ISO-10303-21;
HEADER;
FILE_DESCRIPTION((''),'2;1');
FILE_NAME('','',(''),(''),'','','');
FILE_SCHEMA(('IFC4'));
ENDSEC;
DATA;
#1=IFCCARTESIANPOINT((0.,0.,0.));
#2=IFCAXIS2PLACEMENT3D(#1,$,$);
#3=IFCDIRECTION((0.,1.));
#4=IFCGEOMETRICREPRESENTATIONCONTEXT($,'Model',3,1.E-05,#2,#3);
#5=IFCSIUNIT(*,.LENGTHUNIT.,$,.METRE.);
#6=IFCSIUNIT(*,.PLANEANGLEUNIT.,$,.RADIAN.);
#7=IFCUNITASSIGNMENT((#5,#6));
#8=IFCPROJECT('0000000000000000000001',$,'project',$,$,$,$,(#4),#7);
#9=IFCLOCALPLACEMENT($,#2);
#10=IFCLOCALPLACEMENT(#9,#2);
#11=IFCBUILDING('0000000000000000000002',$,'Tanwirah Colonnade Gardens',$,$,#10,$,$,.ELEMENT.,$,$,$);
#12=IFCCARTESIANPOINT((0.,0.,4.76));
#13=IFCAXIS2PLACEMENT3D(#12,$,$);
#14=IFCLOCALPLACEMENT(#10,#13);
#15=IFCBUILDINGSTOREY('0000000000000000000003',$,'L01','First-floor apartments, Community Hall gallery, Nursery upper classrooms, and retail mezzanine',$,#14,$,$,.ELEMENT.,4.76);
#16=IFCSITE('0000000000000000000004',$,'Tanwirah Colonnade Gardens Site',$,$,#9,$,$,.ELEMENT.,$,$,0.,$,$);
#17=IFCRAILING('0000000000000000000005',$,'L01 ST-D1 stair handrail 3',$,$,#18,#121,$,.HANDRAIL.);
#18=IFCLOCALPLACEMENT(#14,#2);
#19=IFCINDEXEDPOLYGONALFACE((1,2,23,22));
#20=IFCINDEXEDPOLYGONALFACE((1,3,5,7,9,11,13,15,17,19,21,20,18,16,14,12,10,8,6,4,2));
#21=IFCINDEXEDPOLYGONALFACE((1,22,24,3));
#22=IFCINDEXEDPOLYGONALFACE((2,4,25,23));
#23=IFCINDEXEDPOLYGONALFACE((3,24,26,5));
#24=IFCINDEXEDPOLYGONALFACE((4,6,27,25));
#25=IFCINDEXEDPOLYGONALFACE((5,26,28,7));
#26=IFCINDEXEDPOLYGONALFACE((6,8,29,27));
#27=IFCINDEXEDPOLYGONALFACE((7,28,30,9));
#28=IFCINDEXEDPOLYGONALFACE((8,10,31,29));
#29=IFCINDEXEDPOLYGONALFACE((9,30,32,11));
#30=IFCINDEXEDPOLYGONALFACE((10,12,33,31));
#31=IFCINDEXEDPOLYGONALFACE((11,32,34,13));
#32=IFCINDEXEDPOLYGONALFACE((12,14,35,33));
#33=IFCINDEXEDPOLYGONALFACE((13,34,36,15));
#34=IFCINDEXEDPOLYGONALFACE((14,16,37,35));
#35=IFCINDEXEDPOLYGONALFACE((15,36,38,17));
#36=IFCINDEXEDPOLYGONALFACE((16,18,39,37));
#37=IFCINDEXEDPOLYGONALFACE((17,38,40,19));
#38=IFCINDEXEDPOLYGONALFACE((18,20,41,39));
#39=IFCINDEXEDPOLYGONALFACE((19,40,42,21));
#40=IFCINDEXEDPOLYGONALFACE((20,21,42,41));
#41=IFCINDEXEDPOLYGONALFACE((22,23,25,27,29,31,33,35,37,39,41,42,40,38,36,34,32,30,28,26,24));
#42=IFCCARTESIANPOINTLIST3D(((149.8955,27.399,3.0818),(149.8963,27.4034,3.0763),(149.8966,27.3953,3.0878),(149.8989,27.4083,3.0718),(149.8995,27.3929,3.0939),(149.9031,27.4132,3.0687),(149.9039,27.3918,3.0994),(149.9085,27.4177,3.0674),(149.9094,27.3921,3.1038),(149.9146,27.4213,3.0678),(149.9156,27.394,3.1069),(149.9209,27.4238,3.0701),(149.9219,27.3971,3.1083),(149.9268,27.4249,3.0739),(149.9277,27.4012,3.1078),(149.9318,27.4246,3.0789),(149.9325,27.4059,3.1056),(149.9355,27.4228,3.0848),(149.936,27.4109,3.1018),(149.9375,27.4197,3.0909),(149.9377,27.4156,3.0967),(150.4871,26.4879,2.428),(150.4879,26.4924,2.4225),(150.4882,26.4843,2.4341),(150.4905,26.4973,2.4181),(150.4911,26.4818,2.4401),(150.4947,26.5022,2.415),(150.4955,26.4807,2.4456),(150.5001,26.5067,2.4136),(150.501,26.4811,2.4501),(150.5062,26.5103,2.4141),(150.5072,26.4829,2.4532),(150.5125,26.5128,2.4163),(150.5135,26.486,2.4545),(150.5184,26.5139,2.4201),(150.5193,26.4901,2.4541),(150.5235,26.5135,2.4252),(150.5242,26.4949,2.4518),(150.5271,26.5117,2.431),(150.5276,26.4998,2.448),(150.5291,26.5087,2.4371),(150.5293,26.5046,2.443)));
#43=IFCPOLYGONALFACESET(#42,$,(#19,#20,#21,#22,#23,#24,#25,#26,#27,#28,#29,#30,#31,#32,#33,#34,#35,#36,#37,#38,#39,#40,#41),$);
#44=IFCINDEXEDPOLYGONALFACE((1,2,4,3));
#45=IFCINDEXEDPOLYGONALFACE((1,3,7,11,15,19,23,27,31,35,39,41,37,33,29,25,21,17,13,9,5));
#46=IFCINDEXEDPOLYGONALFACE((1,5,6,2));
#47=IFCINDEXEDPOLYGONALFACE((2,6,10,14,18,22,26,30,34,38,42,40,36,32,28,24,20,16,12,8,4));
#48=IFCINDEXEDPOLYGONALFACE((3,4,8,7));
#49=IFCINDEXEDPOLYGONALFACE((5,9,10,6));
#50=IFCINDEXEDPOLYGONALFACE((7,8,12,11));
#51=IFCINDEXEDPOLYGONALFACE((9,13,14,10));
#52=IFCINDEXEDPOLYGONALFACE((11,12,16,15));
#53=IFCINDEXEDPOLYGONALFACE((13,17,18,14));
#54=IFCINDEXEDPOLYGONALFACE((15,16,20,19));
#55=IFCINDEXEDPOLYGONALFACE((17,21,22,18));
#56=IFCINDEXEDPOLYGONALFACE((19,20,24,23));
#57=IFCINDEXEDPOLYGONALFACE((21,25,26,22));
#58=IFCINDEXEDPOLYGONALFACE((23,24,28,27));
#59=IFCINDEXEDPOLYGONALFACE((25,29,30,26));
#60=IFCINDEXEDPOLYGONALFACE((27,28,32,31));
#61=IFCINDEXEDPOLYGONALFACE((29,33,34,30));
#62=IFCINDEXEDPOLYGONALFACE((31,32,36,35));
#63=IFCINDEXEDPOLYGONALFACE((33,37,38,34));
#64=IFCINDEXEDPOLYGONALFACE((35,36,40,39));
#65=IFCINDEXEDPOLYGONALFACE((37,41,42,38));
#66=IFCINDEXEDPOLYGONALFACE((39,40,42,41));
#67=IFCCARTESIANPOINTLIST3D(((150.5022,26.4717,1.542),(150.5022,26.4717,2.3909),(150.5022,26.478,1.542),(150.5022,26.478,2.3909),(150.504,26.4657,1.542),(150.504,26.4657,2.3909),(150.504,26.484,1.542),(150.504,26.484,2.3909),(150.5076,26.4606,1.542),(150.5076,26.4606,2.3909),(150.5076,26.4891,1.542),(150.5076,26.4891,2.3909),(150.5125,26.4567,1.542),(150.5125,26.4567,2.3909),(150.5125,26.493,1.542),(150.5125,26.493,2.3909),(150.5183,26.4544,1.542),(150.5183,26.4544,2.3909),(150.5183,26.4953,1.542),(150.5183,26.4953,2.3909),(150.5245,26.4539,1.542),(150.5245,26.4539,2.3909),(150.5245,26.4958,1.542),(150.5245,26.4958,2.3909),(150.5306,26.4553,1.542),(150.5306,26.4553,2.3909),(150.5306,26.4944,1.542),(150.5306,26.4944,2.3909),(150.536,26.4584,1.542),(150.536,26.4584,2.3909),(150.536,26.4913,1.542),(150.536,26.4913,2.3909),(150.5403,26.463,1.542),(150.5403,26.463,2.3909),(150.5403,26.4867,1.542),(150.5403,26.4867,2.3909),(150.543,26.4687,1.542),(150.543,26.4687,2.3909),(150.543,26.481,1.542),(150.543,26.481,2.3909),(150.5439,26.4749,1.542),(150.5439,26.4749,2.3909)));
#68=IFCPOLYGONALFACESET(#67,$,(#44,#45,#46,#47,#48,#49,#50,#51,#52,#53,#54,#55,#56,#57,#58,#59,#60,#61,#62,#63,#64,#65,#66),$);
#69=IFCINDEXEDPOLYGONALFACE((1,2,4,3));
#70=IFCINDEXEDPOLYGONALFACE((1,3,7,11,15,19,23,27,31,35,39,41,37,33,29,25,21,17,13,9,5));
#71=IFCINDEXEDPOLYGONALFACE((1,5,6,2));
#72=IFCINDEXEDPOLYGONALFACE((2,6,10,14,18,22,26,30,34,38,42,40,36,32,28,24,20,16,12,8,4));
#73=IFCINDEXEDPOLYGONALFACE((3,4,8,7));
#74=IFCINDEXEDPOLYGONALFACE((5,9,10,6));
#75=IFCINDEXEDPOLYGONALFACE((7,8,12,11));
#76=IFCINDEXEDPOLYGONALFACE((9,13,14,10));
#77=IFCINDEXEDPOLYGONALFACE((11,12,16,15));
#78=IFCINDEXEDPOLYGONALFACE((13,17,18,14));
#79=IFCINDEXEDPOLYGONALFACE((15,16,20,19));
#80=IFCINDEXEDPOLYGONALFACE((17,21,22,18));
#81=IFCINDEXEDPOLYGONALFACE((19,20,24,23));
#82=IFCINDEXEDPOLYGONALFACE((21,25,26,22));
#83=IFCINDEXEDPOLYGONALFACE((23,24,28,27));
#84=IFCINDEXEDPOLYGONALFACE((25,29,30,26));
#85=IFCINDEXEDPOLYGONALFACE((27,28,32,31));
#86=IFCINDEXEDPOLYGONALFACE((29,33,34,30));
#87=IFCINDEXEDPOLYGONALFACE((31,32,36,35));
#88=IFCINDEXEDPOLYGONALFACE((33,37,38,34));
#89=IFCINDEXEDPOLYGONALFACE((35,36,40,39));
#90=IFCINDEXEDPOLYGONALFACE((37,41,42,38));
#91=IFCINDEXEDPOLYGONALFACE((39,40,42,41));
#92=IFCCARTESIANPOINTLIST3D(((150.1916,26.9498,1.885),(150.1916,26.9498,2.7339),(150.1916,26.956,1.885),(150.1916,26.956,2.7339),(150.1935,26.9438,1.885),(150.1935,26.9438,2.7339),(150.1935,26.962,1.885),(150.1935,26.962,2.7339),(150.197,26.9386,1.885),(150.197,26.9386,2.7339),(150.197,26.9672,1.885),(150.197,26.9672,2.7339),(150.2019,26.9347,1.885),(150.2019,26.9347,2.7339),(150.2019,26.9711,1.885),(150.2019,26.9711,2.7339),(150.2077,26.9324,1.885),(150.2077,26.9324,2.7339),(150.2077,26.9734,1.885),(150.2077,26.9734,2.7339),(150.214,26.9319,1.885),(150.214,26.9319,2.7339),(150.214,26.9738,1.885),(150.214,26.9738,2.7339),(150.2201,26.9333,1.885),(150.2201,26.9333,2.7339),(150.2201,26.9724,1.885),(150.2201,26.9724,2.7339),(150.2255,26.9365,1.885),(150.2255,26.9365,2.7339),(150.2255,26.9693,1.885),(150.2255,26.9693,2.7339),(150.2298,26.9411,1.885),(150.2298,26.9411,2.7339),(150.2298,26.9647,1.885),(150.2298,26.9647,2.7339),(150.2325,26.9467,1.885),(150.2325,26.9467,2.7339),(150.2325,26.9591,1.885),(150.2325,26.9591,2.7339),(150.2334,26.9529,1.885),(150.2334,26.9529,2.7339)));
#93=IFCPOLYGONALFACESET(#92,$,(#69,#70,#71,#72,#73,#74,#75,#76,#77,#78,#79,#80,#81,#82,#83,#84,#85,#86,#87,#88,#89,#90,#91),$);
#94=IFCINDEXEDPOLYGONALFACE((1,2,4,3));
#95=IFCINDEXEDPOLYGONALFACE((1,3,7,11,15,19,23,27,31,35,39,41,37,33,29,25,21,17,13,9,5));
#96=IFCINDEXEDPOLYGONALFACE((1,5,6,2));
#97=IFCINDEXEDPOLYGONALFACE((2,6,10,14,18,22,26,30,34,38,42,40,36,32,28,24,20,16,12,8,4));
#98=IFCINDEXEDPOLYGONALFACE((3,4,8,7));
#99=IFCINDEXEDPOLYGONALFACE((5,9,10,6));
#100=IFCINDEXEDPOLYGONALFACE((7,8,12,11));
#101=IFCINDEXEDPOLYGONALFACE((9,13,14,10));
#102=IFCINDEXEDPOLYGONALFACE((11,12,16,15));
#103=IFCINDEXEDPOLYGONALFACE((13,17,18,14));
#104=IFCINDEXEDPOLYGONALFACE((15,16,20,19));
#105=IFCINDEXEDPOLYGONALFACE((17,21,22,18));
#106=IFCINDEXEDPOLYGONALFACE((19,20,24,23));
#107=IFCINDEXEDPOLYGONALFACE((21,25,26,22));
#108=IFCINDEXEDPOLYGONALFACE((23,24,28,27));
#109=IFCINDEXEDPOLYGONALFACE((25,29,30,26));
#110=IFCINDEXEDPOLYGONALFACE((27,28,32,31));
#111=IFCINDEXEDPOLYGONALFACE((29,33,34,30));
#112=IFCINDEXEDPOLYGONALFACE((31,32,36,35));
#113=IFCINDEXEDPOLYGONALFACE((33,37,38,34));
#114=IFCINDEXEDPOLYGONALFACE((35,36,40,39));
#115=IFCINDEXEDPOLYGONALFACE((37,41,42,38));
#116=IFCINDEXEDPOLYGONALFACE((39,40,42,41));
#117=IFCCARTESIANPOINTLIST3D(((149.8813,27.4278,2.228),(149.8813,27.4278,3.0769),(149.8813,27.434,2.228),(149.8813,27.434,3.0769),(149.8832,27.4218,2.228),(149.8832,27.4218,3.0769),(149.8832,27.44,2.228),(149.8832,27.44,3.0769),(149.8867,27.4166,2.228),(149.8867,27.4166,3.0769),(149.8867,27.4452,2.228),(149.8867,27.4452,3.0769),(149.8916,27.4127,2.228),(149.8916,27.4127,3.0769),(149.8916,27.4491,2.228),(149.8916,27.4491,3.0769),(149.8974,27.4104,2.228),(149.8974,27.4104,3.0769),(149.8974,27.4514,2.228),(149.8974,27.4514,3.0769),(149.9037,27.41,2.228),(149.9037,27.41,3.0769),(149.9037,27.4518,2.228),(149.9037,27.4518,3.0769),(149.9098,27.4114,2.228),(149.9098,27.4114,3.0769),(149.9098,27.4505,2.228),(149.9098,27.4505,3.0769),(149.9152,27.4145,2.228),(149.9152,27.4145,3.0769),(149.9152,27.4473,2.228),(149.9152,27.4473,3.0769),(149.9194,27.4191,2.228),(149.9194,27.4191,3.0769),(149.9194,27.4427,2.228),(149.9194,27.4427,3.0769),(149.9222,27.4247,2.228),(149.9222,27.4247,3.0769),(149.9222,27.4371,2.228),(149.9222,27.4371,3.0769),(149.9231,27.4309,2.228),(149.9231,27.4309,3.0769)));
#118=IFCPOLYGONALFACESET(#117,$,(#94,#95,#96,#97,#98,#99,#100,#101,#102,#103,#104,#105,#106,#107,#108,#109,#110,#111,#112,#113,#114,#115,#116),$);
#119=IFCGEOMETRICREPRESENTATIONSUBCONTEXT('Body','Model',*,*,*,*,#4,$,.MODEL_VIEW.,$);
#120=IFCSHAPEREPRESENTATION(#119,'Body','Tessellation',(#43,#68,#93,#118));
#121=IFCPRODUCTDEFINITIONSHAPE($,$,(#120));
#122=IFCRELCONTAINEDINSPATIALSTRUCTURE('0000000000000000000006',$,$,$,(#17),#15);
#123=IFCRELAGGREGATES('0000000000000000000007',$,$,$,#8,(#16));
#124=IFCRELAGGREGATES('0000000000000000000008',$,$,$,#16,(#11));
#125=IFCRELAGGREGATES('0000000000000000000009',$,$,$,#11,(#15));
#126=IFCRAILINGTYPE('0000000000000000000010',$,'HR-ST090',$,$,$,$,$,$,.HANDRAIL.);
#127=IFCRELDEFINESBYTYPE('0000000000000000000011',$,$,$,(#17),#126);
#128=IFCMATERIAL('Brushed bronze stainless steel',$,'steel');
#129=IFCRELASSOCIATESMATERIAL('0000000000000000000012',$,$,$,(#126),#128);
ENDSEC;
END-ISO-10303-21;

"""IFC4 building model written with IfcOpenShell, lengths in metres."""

from ifc_helpers import new_model, si_unit, direction, frame, origin, origin_2d, place, context, subcontext, project, spatial, circle, extrude, material, type_object, element, save


model = new_model("IFC4")

# Units and contexts
model_context = context("Model", 3, precision=1e-05, world=origin(), true_north=direction((0.0, 1.0)))
body_context = subcontext(model_context, "Body", "Model", "MODEL_VIEW")
ifc_project = project(units=[si_unit("LENGTHUNIT", "METRE"), si_unit("PLANEANGLEUNIT", "RADIAN")], contexts=[model_context])

# Site, building, storey
site_placement = place(None, origin())
site = spatial("IfcSite", under=ifc_project, at=site_placement, Name="Tanwirah Colonnade Gardens Site", CompositionType="ELEMENT", RefElevation=0.0)
building_placement = place(site_placement, origin())
building = spatial("IfcBuilding", under=site, at=building_placement, Name="Tanwirah Colonnade Gardens", CompositionType="ELEMENT")
storey_placement = place(building_placement, frame((0.0, 0.0, 4.76)))
storey = spatial("IfcBuildingStorey", under=building, at=storey_placement, Name="L01", Description="First-floor apartments, Community Hall gallery, Nursery upper classrooms, and retail mezzanine", CompositionType="ELEMENT", Elevation=4.76)

# Railing
ifc_material_1 = material(Name="Brushed bronze stainless steel", Category="steel")
railing_type_1 = type_object("IfcRailingType", Name="HR-ST090", PredefinedType="HANDRAIL", material=ifc_material_1)
railing_1_placement = place(storey_placement, frame((150.5229, 26.4749, 1.542)))
element("IfcRailing", 1, at=railing_1_placement, inside=storey, type_object=railing_type_1, Name="L01 ST-D1 stair handrail 3", PredefinedType="HANDRAIL", context=body_context, shape_type="SweptSolid", body=[
    extrude(circle(Radius=0.0239, at=origin_2d()), frame((-0.0146, 0.0225, 0.8921), z_axis=(-0.466641, 0.718586, 0.515635), x_axis=(-0.838678, -0.544627, 0.0)), (0.0, 0.0, 1.0), 1.2678),
    extrude(circle(Radius=0.021, at=origin_2d()), origin(), (0.0, 0.0, 1.0), 0.8489),
    extrude(circle(Radius=0.021, at=origin_2d()), frame((-0.3105, 0.478, 0.343)), (0.0, 0.0, 1.0), 0.8489),
    extrude(circle(Radius=0.021, at=origin_2d()), frame((-0.6208, 0.9561, 0.686)), (0.0, 0.0, 1.0), 0.8489),
])

save(model, "model.ifc")
